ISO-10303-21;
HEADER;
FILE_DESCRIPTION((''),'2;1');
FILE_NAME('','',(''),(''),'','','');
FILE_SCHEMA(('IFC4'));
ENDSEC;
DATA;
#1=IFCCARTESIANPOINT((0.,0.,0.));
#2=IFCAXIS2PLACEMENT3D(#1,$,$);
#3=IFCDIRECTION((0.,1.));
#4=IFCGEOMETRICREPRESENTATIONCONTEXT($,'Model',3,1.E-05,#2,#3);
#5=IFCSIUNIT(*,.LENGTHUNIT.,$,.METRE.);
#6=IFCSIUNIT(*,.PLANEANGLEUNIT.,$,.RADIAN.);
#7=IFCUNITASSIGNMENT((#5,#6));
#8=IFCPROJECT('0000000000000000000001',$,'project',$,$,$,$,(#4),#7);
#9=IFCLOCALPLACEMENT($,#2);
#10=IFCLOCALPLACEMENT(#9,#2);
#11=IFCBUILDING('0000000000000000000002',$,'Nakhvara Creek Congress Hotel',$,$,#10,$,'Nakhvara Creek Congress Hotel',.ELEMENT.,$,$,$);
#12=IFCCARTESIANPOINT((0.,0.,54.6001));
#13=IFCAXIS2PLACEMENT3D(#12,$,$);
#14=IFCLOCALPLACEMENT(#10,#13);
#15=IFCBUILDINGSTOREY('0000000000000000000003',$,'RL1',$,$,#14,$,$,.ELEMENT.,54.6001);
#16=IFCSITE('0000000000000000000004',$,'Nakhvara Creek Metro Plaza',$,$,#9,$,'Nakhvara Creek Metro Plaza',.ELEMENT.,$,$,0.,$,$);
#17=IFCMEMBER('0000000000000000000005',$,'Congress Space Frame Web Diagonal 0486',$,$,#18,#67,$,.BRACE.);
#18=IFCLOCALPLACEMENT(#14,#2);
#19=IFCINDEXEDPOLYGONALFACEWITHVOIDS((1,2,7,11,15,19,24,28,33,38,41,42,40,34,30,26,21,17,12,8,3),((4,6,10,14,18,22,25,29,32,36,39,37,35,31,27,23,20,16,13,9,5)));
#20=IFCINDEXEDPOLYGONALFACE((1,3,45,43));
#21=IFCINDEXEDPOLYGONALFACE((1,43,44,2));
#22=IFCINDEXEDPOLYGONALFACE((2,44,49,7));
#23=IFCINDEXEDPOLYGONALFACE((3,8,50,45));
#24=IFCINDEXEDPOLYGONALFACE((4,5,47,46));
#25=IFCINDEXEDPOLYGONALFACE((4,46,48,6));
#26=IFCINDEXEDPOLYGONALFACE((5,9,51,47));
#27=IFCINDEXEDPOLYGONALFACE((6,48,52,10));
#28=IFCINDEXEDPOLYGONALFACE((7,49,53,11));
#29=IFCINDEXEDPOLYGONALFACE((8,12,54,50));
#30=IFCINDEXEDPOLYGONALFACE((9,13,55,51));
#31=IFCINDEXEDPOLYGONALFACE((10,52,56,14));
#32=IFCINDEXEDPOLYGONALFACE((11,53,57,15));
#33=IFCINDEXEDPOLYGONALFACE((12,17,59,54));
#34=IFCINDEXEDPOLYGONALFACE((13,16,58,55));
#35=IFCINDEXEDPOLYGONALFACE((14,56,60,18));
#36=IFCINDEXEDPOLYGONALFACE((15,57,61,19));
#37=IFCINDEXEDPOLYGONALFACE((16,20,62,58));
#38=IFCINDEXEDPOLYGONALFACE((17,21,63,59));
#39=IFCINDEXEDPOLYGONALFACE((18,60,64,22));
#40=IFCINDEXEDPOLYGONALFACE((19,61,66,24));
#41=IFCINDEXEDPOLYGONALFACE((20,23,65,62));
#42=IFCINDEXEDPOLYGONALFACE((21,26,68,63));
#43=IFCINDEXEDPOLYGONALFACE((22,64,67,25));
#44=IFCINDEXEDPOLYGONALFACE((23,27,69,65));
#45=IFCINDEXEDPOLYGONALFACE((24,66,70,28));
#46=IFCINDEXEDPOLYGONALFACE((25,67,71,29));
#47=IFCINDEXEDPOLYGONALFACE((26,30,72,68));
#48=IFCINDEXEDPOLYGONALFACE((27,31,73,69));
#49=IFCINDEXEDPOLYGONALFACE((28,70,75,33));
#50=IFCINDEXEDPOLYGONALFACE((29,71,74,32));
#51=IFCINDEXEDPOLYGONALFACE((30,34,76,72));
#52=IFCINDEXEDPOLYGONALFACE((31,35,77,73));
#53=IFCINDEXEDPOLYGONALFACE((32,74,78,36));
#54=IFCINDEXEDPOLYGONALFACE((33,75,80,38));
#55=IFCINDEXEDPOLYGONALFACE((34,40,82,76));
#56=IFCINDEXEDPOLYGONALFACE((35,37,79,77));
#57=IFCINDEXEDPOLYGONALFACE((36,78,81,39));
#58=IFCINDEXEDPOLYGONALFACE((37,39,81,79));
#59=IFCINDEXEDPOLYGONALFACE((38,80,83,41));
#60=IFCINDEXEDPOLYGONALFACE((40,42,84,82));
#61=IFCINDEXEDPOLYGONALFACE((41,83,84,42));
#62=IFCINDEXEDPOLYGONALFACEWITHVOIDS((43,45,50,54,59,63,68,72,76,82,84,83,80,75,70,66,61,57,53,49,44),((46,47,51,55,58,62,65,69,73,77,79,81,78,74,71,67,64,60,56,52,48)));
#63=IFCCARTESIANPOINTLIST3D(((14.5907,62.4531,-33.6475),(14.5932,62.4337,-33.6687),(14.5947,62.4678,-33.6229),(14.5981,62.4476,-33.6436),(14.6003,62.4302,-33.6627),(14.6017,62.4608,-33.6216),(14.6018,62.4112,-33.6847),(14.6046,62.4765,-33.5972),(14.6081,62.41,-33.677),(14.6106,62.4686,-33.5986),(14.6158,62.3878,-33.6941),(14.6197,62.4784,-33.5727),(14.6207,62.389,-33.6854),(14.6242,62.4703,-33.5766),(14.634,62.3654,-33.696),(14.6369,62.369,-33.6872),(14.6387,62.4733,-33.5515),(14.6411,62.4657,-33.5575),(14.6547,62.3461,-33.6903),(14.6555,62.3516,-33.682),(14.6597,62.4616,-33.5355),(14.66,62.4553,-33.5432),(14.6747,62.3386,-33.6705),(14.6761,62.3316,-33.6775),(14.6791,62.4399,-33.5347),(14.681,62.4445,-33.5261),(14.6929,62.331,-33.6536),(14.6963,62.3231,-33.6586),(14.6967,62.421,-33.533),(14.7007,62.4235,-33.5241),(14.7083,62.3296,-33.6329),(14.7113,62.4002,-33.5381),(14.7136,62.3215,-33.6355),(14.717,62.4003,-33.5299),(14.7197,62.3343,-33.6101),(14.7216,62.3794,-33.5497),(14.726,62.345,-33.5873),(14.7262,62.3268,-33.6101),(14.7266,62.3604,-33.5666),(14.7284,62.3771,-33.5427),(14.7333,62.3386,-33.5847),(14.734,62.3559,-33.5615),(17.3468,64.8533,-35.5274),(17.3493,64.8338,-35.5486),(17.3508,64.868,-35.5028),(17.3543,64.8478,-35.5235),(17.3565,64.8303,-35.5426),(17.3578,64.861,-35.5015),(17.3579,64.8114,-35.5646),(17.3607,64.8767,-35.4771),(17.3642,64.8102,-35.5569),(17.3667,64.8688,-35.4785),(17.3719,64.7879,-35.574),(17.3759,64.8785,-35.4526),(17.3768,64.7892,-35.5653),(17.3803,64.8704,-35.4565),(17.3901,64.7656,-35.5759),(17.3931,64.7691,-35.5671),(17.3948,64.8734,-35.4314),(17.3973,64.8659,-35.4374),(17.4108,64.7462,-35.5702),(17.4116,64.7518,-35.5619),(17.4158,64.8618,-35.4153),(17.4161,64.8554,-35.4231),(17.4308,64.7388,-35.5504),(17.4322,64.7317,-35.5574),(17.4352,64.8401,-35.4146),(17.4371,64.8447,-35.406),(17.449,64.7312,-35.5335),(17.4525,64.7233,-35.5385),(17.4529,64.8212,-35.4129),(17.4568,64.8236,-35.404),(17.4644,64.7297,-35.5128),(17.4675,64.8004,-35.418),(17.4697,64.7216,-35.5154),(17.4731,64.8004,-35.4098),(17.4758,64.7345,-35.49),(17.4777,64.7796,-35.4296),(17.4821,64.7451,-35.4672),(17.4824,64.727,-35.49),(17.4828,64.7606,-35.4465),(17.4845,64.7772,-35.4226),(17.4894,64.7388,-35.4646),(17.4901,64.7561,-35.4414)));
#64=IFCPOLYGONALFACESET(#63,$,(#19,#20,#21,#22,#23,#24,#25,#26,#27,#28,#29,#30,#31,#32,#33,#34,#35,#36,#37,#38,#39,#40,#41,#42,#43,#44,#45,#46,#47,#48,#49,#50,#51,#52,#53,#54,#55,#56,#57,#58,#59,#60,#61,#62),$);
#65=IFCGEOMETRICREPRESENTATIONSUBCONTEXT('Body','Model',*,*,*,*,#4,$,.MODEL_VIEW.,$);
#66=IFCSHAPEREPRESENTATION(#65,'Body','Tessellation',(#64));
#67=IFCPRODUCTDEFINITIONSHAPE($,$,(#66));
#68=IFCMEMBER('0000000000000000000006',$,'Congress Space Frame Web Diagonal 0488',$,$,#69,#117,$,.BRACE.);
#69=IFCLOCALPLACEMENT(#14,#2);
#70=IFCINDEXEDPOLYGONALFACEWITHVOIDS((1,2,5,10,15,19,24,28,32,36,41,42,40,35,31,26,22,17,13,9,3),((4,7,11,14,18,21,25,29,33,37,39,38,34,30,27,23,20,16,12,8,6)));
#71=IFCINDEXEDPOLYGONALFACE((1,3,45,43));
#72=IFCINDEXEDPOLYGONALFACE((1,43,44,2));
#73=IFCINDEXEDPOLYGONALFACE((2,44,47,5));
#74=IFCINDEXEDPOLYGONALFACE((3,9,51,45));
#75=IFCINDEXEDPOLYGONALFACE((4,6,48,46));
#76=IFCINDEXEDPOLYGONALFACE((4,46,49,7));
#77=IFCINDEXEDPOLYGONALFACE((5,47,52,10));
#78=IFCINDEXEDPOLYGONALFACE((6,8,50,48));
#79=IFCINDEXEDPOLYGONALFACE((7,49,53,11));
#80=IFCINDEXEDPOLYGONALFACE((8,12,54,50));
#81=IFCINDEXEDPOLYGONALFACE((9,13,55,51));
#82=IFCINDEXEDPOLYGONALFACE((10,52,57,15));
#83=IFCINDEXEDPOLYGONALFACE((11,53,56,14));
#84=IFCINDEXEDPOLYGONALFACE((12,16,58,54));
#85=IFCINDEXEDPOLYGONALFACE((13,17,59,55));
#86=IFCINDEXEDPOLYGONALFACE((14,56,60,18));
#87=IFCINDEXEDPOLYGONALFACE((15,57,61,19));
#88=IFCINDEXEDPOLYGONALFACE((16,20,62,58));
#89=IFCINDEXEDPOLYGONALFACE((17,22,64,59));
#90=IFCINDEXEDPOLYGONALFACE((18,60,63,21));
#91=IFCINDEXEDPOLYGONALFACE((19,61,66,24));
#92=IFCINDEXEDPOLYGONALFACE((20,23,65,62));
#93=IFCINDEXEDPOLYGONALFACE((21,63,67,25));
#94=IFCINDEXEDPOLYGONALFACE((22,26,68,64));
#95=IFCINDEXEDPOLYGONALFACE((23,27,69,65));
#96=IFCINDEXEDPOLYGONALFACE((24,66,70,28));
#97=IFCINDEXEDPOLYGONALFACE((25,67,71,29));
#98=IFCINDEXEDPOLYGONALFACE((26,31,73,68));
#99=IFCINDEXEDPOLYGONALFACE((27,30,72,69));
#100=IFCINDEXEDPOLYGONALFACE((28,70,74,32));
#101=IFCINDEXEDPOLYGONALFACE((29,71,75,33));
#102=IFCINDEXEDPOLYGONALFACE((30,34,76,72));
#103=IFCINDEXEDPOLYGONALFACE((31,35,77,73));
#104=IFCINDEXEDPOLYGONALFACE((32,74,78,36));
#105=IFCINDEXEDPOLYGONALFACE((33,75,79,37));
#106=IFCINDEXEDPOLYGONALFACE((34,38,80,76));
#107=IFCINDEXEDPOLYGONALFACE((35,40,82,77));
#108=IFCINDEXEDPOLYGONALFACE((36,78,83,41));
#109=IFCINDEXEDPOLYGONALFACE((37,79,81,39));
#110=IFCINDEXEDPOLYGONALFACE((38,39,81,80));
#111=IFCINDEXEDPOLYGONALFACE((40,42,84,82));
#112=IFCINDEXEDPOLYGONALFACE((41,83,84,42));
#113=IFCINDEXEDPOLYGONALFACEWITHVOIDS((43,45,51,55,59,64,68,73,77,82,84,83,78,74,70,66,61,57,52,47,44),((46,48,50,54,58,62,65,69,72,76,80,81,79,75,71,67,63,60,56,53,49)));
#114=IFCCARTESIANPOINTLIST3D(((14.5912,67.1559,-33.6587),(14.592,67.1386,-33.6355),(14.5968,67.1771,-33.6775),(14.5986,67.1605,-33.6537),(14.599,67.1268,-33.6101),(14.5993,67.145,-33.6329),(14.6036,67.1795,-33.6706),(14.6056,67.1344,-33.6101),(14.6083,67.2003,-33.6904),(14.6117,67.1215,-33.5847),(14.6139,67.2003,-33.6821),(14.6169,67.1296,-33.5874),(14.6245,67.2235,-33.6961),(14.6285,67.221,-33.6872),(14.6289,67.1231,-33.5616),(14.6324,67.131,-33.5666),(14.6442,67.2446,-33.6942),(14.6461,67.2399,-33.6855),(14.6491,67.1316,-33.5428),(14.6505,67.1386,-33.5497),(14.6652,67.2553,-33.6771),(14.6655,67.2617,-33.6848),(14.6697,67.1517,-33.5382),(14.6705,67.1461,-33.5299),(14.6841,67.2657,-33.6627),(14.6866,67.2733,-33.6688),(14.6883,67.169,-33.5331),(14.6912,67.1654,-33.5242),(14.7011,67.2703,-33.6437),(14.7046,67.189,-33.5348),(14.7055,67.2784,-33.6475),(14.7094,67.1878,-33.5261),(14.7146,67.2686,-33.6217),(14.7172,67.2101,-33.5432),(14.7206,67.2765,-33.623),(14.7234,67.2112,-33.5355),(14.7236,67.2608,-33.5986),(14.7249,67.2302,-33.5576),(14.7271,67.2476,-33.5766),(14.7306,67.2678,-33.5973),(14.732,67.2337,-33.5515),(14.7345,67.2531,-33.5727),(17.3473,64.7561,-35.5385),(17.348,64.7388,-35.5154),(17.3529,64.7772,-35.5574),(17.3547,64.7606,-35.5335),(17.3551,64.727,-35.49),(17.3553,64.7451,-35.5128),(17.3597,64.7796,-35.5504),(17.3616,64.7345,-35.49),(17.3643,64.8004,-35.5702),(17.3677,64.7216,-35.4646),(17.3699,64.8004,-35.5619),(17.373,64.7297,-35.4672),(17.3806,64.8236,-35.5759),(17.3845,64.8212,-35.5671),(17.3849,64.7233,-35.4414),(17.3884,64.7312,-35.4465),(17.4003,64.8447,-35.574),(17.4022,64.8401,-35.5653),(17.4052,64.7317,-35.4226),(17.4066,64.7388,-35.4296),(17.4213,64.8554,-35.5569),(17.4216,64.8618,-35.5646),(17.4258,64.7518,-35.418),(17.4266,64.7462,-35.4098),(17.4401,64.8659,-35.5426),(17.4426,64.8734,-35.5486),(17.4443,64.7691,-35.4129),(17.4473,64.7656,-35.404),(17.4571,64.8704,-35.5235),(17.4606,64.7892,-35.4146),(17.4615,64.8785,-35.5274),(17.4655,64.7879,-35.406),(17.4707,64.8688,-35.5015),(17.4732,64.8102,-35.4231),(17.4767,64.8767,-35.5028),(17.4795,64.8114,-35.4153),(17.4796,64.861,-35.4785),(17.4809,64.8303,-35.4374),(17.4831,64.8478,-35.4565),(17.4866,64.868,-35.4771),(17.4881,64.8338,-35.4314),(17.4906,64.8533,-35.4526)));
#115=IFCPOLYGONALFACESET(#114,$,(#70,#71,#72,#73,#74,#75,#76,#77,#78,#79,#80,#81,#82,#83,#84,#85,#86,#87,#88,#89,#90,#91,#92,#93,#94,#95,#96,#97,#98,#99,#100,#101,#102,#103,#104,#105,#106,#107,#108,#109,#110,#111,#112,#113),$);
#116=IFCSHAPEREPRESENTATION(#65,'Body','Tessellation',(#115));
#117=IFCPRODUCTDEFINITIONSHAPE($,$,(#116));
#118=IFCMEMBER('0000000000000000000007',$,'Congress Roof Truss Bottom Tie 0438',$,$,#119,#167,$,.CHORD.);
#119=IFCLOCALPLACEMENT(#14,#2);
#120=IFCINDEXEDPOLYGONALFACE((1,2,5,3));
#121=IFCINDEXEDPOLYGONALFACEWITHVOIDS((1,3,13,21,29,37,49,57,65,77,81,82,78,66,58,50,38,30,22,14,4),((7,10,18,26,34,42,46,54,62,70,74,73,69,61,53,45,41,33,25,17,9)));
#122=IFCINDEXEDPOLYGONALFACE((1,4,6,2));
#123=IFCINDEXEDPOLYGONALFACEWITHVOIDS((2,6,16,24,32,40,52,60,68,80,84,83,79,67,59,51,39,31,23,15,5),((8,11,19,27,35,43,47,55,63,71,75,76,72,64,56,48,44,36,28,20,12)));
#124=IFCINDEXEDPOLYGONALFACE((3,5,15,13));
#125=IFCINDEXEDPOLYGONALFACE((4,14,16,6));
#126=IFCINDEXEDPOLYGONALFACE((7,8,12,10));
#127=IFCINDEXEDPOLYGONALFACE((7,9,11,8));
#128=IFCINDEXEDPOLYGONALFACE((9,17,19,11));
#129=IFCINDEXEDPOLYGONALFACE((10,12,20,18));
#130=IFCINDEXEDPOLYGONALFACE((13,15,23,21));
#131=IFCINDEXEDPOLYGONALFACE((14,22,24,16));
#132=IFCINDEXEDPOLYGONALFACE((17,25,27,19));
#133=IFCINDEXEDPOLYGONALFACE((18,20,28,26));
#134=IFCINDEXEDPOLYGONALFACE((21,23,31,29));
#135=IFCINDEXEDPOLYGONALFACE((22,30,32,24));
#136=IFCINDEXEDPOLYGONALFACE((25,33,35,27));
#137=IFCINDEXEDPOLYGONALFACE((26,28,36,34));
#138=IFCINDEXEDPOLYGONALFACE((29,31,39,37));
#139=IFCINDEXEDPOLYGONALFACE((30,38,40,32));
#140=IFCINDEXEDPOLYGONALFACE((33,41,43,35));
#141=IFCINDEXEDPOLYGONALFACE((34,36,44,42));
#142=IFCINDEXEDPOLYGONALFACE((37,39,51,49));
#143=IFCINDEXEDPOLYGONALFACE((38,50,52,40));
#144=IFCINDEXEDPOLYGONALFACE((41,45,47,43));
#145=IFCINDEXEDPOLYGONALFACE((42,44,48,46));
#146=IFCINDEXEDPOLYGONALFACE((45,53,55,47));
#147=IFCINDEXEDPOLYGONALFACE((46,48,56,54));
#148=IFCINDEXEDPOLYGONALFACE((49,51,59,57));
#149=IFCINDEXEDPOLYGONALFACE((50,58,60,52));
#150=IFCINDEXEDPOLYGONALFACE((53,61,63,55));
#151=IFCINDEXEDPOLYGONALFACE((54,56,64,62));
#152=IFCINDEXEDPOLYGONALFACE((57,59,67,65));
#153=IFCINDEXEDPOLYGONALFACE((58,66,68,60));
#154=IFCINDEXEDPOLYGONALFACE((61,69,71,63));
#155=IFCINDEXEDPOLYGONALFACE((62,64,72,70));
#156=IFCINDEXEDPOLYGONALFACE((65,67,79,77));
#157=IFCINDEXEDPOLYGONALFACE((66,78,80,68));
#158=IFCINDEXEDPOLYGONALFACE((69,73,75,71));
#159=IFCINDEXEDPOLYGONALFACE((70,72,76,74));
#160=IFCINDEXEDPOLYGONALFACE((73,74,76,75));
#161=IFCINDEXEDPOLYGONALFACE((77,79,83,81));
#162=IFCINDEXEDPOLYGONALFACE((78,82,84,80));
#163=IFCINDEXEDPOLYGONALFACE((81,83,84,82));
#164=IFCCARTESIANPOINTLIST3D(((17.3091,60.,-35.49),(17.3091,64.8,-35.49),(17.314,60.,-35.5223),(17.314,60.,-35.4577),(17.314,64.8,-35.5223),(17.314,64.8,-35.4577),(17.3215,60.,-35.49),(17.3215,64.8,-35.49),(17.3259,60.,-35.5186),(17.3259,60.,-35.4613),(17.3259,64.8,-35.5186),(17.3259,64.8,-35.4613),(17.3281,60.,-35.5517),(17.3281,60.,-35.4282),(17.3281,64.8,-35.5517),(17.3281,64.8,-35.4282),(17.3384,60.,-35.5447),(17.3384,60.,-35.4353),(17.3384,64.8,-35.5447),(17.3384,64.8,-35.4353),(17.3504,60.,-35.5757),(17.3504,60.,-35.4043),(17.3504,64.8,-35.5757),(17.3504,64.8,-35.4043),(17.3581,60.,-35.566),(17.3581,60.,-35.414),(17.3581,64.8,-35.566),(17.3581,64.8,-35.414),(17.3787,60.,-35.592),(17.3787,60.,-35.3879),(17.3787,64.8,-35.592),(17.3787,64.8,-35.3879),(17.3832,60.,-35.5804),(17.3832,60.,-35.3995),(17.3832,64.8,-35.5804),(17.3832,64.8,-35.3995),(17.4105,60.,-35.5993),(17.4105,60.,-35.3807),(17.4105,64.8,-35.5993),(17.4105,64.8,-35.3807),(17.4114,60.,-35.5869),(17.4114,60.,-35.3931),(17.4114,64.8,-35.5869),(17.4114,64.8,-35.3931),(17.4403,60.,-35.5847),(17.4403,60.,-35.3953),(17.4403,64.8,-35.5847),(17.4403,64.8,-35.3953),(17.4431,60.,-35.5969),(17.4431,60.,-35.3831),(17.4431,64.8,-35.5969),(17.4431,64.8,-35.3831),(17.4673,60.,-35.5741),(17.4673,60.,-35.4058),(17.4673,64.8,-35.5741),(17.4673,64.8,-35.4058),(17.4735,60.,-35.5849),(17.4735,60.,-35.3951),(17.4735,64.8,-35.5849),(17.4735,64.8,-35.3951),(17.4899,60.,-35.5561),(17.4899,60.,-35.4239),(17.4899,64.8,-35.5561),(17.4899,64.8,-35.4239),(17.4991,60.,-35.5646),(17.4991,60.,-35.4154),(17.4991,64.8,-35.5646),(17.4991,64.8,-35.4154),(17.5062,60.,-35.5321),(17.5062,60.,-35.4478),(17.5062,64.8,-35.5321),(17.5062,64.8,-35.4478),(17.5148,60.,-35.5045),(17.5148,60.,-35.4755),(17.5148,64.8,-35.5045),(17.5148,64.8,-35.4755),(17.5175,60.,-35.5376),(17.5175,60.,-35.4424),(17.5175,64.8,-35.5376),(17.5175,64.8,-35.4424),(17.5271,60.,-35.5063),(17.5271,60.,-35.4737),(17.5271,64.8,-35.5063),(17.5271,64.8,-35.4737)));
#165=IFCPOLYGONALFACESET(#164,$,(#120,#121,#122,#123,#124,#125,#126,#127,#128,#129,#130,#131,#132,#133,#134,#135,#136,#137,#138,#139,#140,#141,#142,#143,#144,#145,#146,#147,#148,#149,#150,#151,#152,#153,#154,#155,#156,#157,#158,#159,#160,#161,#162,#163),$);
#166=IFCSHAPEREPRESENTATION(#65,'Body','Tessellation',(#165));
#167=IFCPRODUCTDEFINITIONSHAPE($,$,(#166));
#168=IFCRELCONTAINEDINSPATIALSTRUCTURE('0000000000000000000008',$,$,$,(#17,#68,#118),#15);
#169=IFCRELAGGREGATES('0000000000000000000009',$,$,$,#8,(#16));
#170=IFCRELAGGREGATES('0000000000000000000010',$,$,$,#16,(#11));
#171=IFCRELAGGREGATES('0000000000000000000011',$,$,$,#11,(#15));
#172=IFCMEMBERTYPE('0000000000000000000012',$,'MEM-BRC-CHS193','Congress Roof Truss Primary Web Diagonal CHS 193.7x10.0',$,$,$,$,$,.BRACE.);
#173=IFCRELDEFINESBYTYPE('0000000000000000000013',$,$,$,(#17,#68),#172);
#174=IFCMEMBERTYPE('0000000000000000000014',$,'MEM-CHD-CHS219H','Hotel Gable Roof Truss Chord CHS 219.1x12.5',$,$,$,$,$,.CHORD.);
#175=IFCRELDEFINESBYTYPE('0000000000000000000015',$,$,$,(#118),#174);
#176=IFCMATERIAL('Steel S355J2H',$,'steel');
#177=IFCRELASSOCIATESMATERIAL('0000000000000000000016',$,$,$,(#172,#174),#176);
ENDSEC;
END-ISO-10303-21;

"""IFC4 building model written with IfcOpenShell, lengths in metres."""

from ifc_helpers import new_model, si_unit, direction, frame, origin, origin_2d, place, context, subcontext, project, spatial, hollow_circle, extrude, material, material_profile, profile_set, type_object, element, save


model = new_model("IFC4")

# Units and contexts
model_context = context("Model", 3, precision=1e-05, world=origin(), true_north=direction((0.0, 1.0)))
body_context = subcontext(model_context, "Body", "Model", "MODEL_VIEW")
ifc_project = project(units=[si_unit("LENGTHUNIT", "METRE"), si_unit("PLANEANGLEUNIT", "RADIAN")], contexts=[model_context])

# Site, building, storey
site_placement = place(None, origin())
site = spatial("IfcSite", under=ifc_project, at=site_placement, Name="Nakhvara Creek Metro Plaza", LongName="Nakhvara Creek Metro Plaza", CompositionType="ELEMENT", RefElevation=0.0)
building_placement = place(site_placement, origin())
building = spatial("IfcBuilding", under=site, at=building_placement, Name="Nakhvara Creek Congress Hotel", LongName="Nakhvara Creek Congress Hotel", CompositionType="ELEMENT")
storey_placement = place(building_placement, frame((0.0, 0.0, 54.6001)))
storey = spatial("IfcBuildingStorey", under=building, at=storey_placement, Name="RL1", CompositionType="ELEMENT", Elevation=54.6001)

# Members
ifc_material_1 = material(Name="Steel S355J2H", Category="steel")
ifc_material_profile_1 = material_profile(ifc_material_1, hollow_circle(Radius=0.0969, WallThickness=0.01, at=origin_2d()), Name="CHS 193.7x10.0", Category="LoadBearing")
ifc_profile_set_1 = profile_set([ifc_material_profile_1], Name="Steel S355J2H")
member_type_1 = type_object("IfcMemberType", Name="MEM-BRC-CHS193", Description="Congress Roof Truss Primary Web Diagonal CHS 193.7x10.0", PredefinedType="BRACE", material=ifc_profile_set_1)
member_1_placement = place(storey_placement, frame((17.4187, 64.8, -35.49), z_axis=(-0.670611, -0.584, 0.45741), x_axis=(0.656729, -0.754126, 0.0)))
element("IfcMember", 1, at=member_1_placement, inside=storey, type_object=member_type_1, Name="Congress Space Frame Web Diagonal 0486", PredefinedType="BRACE", context=body_context, shape_type="SweptSolid", body=[
    extrude(hollow_circle(Radius=0.0969, WallThickness=0.01, at=origin_2d()), origin(), (0.0, 0.0, 1.0), 4.1099),
])
member_2_placement = place(storey_placement, frame((17.4187, 64.8, -35.49), z_axis=(-0.670634, 0.583961, 0.457426), x_axis=(-0.656691, -0.75416, 0.0)))
element("IfcMember", 2, at=member_2_placement, inside=storey, type_object=member_type_1, Name="Congress Space Frame Web Diagonal 0488", PredefinedType="BRACE", context=body_context, shape_type="SweptSolid", body=[
    extrude(hollow_circle(Radius=0.0969, WallThickness=0.01, at=origin_2d()), origin(), (0.0, 0.0, 1.0), 4.1096),
])
ifc_material_profile_2 = material_profile(ifc_material_1, hollow_circle(Radius=0.1096, WallThickness=0.0125, at=origin_2d()), Name="CHS 219.1x12.5", Category="LoadBearing")
ifc_profile_set_2 = profile_set([ifc_material_profile_2], Name="Steel S355J2H")
member_type_2 = type_object("IfcMemberType", Name="MEM-CHD-CHS219H", Description="Hotel Gable Roof Truss Chord CHS 219.1x12.5", PredefinedType="CHORD", material=ifc_profile_set_2)
for number, where, z_axis, x_axis, name in (
    (3, (17.4187, 60.0, -35.49), (0.0, 1.0, 0.0), (-1.0, 0.0, 0.0), "Congress Roof Truss Bottom Tie 0438"),
):
    element("IfcMember", number, at=place(storey_placement, frame(where, z_axis=z_axis, x_axis=x_axis)), inside=storey, type_object=member_type_2, Name=name, PredefinedType="CHORD", context=body_context, shape_type="SweptSolid", body=[
        extrude(hollow_circle(Radius=0.1096, WallThickness=0.0125, at=origin_2d()), origin(), (0.0, 0.0, 1.0), 4.8),
    ])

save(model, "model.ifc")
